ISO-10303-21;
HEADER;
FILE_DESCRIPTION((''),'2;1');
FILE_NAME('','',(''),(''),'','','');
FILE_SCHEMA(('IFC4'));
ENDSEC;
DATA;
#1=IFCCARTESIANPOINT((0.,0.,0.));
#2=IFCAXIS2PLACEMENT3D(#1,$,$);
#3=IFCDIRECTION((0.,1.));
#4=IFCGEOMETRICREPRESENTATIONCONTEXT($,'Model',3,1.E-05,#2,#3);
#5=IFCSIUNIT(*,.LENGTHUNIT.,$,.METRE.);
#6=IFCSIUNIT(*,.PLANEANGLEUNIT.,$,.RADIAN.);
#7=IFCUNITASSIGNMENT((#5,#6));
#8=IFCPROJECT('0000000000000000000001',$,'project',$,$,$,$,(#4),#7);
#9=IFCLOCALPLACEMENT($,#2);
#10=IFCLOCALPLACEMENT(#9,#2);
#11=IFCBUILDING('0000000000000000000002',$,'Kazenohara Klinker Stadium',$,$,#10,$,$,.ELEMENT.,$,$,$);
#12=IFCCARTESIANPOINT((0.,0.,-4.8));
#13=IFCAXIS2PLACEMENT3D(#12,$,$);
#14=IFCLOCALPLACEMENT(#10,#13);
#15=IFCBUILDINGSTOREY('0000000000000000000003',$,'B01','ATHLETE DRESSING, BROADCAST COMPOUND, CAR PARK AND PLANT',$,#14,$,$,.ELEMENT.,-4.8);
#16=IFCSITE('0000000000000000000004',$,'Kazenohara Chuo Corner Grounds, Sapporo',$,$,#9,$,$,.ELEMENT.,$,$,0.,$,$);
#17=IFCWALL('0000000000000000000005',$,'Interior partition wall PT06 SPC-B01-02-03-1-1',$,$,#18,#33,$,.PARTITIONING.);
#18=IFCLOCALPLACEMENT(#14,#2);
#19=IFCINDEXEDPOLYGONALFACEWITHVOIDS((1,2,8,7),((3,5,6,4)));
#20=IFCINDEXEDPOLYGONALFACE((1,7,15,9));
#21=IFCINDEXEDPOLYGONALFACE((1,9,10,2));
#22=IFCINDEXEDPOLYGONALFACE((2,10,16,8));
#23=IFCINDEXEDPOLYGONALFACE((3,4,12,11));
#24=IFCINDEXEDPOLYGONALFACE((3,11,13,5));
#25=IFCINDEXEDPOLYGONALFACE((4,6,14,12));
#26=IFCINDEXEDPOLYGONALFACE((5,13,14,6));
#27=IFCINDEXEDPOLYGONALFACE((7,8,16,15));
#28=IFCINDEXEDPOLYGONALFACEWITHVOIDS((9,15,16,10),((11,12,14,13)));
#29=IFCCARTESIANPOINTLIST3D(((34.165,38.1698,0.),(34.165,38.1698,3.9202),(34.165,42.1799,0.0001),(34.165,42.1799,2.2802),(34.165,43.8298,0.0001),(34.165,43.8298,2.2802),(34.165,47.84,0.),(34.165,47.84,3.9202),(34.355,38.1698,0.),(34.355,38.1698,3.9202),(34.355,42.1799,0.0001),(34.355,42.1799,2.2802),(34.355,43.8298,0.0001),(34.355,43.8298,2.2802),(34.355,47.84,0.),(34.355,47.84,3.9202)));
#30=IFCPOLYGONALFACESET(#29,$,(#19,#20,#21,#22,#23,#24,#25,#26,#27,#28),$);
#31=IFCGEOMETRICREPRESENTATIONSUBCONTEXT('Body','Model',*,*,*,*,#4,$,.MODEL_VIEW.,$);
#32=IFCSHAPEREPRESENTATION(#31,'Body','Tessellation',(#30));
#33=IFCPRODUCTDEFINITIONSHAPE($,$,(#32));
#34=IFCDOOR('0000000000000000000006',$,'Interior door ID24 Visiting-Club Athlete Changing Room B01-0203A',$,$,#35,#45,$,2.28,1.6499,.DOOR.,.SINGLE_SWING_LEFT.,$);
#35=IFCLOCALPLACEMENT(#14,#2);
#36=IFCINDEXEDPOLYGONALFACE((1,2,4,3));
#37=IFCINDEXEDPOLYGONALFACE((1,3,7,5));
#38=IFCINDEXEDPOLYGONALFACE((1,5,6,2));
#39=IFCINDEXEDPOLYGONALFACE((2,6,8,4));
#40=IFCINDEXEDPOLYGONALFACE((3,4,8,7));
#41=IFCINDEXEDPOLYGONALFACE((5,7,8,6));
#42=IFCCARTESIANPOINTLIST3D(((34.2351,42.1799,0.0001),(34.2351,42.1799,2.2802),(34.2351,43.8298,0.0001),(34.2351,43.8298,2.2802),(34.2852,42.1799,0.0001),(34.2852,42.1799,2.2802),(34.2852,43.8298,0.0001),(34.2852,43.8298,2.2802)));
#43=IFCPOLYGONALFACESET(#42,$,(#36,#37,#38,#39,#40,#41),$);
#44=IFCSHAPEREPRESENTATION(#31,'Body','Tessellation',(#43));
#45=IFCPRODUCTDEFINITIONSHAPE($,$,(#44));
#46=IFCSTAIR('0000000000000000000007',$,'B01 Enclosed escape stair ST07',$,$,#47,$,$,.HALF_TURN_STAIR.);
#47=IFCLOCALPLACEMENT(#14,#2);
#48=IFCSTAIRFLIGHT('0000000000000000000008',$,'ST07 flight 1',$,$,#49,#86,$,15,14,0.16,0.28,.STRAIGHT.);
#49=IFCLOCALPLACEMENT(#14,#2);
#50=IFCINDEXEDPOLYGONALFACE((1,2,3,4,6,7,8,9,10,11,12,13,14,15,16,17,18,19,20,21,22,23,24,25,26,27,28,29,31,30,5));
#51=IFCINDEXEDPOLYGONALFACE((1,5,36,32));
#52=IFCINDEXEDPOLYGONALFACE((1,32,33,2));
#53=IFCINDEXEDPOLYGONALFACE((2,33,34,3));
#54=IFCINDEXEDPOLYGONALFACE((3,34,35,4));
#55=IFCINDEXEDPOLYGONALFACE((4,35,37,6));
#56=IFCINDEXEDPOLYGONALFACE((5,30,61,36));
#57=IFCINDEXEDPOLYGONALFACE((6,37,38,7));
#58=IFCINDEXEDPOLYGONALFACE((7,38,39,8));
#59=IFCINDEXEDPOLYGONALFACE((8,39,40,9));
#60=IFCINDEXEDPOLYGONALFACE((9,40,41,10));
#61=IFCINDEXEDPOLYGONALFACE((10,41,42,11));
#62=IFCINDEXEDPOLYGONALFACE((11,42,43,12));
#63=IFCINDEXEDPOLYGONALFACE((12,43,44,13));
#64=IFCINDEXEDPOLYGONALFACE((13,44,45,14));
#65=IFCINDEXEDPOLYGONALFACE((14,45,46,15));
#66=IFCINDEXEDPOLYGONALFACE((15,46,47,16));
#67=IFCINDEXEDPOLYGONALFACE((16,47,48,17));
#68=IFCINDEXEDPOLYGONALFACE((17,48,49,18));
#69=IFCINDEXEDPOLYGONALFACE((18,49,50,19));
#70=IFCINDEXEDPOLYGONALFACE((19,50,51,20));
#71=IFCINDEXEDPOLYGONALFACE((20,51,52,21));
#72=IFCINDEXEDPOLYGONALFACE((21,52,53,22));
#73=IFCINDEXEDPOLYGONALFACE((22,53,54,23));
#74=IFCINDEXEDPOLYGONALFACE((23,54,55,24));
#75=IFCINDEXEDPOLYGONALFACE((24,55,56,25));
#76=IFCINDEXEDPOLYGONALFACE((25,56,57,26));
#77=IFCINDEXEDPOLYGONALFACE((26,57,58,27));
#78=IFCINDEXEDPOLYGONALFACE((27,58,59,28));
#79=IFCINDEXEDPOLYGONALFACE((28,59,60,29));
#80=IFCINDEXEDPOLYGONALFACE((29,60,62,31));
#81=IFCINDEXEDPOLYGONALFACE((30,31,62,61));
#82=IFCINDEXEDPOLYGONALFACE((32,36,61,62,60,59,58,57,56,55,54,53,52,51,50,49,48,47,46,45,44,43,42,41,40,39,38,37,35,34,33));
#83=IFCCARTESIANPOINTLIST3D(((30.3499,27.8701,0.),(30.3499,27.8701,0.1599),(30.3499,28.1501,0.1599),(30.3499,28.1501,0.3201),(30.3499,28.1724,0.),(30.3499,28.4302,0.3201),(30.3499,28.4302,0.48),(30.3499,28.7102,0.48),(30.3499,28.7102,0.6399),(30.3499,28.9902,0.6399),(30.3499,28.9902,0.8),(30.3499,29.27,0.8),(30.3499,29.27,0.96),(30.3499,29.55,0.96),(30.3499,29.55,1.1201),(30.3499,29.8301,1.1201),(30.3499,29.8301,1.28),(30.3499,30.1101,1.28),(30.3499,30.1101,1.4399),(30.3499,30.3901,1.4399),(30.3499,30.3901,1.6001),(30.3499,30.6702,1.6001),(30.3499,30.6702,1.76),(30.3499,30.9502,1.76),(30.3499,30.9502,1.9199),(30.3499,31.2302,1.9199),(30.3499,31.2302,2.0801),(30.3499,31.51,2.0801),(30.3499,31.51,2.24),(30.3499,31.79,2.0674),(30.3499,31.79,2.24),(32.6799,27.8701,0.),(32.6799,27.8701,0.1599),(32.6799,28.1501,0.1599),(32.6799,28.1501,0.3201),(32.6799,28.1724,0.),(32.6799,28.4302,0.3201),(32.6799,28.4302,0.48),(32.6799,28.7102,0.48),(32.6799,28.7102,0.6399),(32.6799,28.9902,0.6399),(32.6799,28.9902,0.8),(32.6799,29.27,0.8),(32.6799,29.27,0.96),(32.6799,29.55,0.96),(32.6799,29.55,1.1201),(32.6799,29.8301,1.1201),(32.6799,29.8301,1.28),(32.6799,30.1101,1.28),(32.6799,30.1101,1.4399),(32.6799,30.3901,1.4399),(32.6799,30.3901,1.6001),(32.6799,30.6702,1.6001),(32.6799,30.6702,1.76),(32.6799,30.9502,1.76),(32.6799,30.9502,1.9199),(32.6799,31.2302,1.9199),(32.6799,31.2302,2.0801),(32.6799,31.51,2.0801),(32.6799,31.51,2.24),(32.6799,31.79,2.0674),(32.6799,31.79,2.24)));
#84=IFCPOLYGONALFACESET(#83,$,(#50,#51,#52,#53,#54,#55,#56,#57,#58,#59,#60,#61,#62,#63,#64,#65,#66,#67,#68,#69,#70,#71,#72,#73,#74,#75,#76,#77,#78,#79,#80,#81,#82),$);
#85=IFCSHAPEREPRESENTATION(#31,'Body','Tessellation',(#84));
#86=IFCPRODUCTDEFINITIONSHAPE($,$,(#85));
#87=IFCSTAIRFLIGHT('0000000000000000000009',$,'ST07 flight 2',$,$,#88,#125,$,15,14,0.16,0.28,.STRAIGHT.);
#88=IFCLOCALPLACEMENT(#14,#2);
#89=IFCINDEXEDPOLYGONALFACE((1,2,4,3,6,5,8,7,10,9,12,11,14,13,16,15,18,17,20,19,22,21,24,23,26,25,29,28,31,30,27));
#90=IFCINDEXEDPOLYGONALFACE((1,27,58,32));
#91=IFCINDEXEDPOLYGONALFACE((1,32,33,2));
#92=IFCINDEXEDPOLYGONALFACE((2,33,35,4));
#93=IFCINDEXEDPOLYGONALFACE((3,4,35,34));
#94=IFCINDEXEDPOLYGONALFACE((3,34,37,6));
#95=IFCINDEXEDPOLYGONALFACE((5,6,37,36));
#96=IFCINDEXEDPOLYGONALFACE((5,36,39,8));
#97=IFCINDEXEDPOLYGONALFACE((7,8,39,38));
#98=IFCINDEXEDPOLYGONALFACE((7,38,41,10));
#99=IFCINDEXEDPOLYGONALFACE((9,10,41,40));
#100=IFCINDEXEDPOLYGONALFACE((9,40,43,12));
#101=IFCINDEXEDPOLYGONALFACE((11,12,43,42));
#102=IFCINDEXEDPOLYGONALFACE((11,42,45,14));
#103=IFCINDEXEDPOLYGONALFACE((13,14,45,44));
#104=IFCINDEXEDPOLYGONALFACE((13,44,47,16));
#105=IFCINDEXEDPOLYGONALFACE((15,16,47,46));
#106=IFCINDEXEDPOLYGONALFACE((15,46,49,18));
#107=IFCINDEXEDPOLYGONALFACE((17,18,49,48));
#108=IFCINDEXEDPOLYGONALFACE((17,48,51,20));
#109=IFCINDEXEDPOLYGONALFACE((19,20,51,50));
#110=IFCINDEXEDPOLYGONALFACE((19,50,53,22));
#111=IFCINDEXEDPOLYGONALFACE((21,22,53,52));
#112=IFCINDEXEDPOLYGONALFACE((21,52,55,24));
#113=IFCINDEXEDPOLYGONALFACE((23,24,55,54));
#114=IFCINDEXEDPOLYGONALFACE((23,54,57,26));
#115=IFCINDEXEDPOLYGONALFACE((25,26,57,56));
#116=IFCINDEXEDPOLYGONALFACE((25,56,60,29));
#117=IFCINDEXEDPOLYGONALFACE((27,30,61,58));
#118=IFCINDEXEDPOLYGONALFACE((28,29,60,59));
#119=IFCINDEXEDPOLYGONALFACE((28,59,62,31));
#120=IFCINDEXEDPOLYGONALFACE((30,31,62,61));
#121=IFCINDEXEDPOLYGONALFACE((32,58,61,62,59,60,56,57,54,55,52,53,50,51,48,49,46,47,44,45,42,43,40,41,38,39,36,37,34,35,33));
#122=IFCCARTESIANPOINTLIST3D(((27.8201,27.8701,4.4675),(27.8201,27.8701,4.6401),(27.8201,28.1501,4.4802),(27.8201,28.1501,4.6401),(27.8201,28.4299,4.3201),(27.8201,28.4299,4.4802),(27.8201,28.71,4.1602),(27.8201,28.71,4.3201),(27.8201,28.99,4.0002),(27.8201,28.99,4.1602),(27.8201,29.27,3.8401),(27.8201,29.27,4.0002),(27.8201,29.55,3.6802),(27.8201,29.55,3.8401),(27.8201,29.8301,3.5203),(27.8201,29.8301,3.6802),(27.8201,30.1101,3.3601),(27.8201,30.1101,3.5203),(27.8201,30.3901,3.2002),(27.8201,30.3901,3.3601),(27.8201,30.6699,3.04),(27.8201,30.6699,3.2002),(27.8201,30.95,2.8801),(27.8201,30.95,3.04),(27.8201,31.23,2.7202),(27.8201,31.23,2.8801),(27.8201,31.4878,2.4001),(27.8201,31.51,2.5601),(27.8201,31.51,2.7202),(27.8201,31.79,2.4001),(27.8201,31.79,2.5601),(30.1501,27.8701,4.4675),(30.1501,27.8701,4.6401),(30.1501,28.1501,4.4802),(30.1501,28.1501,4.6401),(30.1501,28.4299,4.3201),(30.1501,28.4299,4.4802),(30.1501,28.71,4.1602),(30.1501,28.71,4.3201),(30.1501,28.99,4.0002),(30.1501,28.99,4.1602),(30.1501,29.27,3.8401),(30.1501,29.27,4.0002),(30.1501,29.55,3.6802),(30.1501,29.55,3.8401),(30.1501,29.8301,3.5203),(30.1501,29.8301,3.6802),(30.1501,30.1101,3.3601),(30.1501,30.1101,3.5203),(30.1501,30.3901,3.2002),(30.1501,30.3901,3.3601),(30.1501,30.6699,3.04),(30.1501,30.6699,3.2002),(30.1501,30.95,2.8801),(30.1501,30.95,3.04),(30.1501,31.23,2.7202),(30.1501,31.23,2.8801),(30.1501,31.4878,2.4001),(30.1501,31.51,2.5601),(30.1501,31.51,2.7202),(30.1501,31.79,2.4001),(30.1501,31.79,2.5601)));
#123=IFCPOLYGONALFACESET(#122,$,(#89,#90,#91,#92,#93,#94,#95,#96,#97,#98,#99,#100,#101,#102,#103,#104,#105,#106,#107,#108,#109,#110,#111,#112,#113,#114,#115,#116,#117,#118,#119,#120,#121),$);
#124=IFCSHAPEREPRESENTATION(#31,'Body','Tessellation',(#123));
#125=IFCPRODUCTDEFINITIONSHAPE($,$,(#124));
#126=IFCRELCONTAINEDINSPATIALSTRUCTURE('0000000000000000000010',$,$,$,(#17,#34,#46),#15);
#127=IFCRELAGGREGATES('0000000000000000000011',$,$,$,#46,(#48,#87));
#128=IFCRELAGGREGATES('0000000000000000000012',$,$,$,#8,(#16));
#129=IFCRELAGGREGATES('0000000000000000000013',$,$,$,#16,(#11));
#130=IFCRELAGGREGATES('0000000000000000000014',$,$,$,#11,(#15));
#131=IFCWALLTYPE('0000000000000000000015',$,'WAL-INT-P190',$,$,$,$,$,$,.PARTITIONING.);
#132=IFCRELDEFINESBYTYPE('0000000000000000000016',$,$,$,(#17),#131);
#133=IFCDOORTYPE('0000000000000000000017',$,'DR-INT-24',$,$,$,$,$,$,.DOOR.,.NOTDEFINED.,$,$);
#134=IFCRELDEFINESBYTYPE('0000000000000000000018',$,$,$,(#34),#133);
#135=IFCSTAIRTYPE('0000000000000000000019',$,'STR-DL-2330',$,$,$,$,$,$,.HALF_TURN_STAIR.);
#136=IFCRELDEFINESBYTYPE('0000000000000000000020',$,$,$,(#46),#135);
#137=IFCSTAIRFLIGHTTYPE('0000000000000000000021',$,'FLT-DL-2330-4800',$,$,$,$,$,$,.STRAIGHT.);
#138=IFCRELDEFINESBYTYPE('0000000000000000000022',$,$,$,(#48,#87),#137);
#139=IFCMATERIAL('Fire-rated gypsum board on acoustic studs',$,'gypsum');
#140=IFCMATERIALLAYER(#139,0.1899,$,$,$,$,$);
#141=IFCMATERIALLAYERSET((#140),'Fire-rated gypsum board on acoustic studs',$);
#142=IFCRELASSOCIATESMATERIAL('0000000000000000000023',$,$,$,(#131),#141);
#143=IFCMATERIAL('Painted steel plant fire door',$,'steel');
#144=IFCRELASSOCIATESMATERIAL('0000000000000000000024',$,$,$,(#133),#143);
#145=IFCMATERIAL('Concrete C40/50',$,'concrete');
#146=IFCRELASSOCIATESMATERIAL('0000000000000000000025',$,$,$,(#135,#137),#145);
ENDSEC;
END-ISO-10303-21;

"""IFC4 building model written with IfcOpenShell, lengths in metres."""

from ifc_helpers import new_model, si_unit, direction, frame, frame_2d, origin, place, context, subcontext, project, spatial, polyline, rectangle, outline, extrude, material, layer, layer_set, type_object, element, fill, aggregate, save


model = new_model("IFC4")

# Units and contexts
model_context = context("Model", 3, precision=1e-05, world=origin(), true_north=direction((0.0, 1.0)))
body_context = subcontext(model_context, "Body", "Model", "MODEL_VIEW")
ifc_project = project(units=[si_unit("LENGTHUNIT", "METRE"), si_unit("PLANEANGLEUNIT", "RADIAN")], contexts=[model_context])

# Site, building, storey
site_placement = place(None, origin())
site = spatial("IfcSite", under=ifc_project, at=site_placement, Name="Kazenohara Chuo Corner Grounds, Sapporo", CompositionType="ELEMENT", RefElevation=0.0)
building_placement = place(site_placement, origin())
building = spatial("IfcBuilding", under=site, at=building_placement, Name="Kazenohara Klinker Stadium", CompositionType="ELEMENT")
storey_placement = place(building_placement, frame((0.0, 0.0, -4.8)))
storey = spatial("IfcBuildingStorey", under=building, at=storey_placement, Name="B01", Description="ATHLETE DRESSING, BROADCAST COMPOUND, CAR PARK AND PLANT", CompositionType="ELEMENT", Elevation=-4.8)

# Shared definitions
ifc_material_1 = material(Name="Concrete C40/50", Category="concrete")

# Shared definitions
ifc_material_2 = material(Name="Fire-rated gypsum board on acoustic studs", Category="gypsum")

# Wall, opening, door
ifc_layer_1 = layer(ifc_material_2, 0.1899)
ifc_layer_set_1 = layer_set([ifc_layer_1], Name="Fire-rated gypsum board on acoustic studs")
wall_type_1 = type_object("IfcWallType", Name="WAL-INT-P190", PredefinedType="PARTITIONING", material=ifc_layer_set_1)
wall_1_placement = place(storey_placement, frame((34.26, 38.1699, 0.0), z_axis=(0.0, 0.0, 1.0), x_axis=(0.0, 1.0, 0.0)))
wall_1 = element("IfcWall", 1, at=wall_1_placement, inside=storey, type_object=wall_type_1, Name="Interior partition wall PT06 SPC-B01-02-03-1-1", PredefinedType="PARTITIONING", context=body_context, shape_type="SweptSolid", body=[
    extrude(rectangle(XDim=9.6702, YDim=0.1899, at=frame_2d((4.835, 0.0))), origin(), (0.0, 0.0, 1.0), 3.9202),
])
opening_1_placement = place(wall_1_placement, frame((4.01, 0.0, 0.0)))
opening_1 = element("IfcOpeningElement", 2, at=opening_1_placement, cuts=wall_1, PredefinedType="OPENING", context=body_context, shape_type="SweptSolid", body=[
    extrude(rectangle(XDim=1.6499, YDim=2.28, at=frame_2d((0.825, 1.1401))), frame((0.0, 0.105, 0.0), z_axis=(0.0, -1.0, 0.0), x_axis=(1.0, 0.0, 0.0)), (0.0, 0.0, 1.0), 0.21),
])
ifc_material_3 = material(Name="Painted steel plant fire door", Category="steel")
door_type_1 = type_object("IfcDoorType", Name="DR-INT-24", OperationType="NOTDEFINED", PredefinedType="DOOR", material=ifc_material_3)
door_1_placement = place(opening_1_placement, origin())
door_1 = element("IfcDoor", 3, at=door_1_placement, inside=storey, type_object=door_type_1, Name="Interior door ID24 Visiting-Club Athlete Changing Room B01-0203A", OperationType="SINGLE_SWING_LEFT", OverallHeight=2.28, OverallWidth=1.6499, PredefinedType="DOOR", context=body_context, shape_type="SweptSolid", body=[
    extrude(rectangle(XDim=1.6499, YDim=2.28, at=frame_2d((0.825, 1.1401))), frame((0.0, 0.0249, 0.0), z_axis=(0.0, -1.0, 0.0), x_axis=(1.0, 0.0, 0.0)), (0.0, 0.0, 1.0), 0.05),
])
fill(opening_1, door_1)

# Stair, stair flights
stair_type = type_object("IfcStairType", Name="STR-DL-2330", PredefinedType="HALF_TURN_STAIR", material=ifc_material_1)
stair_placement = place(storey_placement, origin())
stair = element("IfcStair", 4, at=stair_placement, inside=storey, type_object=stair_type, Name="B01 Enclosed escape stair ST07", PredefinedType="HALF_TURN_STAIR")
stair_flight_type = type_object("IfcStairFlightType", Name="FLT-DL-2330-4800", PredefinedType="STRAIGHT", material=ifc_material_1)
stair_flight_1_placement = place(storey_placement, frame((31.5149, 27.8701, 0.0), z_axis=(0.0, 0.0, 1.0), x_axis=(0.0, 1.0, 0.0)))
stair_flight_1 = element("IfcStairFlight", 5, at=stair_flight_1_placement, type_object=stair_flight_type, Name="ST07 flight 1", NumberOfRisers=15, NumberOfTreads=14, PredefinedType="STRAIGHT", RiserHeight=0.16, TreadLength=0.28, context=body_context, shape_type="SweptSolid", body=[
    extrude(outline(polyline([(0.0, 0.0), (0.0, 0.1599), (0.28, 0.1599), (0.28, 0.3201), (0.5601, 0.3201), (0.5601, 0.48), (0.8401, 0.48), (0.8401, 0.6399), (1.1201, 0.6399), (1.1201, 0.8), (1.3999, 0.8), (1.3999, 0.96), (1.6799, 0.96), (1.6799, 1.1201), (1.96, 1.1201), (1.96, 1.28), (2.24, 1.28), (2.24, 1.4399), (2.52, 1.4399), (2.52, 1.6001), (2.8, 1.6001), (2.8, 1.76), (3.0801, 1.76), (3.0801, 1.9199), (3.3601, 1.9199), (3.3601, 2.0801), (3.6399, 2.0801), (3.6399, 2.24), (3.9199, 2.24), (3.9199, 2.3999), (3.9199, 2.0674), (0.3022, 0.0), (0.0, 0.0)])), frame((0.0, 1.165, 0.0), z_axis=(0.0, -1.0, 0.0), x_axis=(1.0, 0.0, 0.0)), (0.0, 0.0, 1.0), 2.3301),
])
stair_flight_2_placement = place(storey_placement, frame((28.9851, 31.79, 2.4001), z_axis=(0.0, 0.0, 1.0), x_axis=(0.0, -1.0, 0.0)))
stair_flight_2 = element("IfcStairFlight", 6, at=stair_flight_2_placement, type_object=stair_flight_type, Name="ST07 flight 2", NumberOfRisers=15, NumberOfTreads=14, PredefinedType="STRAIGHT", RiserHeight=0.16, TreadLength=0.28, context=body_context, shape_type="SweptSolid", body=[
    extrude(outline(polyline([(0.0, 0.0), (0.0, 0.1599), (0.28, 0.1599), (0.28, 0.3201), (0.5601, 0.3201), (0.5601, 0.48), (0.8401, 0.48), (0.8401, 0.6399), (1.1201, 0.6399), (1.1201, 0.8), (1.3999, 0.8), (1.3999, 0.96), (1.6799, 0.96), (1.6799, 1.1201), (1.96, 1.1201), (1.96, 1.28), (2.24, 1.28), (2.24, 1.4399), (2.52, 1.4399), (2.52, 1.6001), (2.8, 1.6001), (2.8, 1.76), (3.0801, 1.76), (3.0801, 1.9199), (3.3601, 1.9199), (3.3601, 2.0801), (3.6399, 2.0801), (3.6399, 2.24), (3.9199, 2.24), (3.9199, 2.3999), (3.9199, 2.0674), (0.3022, 0.0), (0.0, 0.0)])), frame((0.0, 1.165, 0.0), z_axis=(0.0, -1.0, 0.0), x_axis=(1.0, 0.0, 0.0)), (0.0, 0.0, 1.0), 2.3301),
])
aggregate(stair, [stair_flight_1, stair_flight_2])

save(model, "model.ifc")
